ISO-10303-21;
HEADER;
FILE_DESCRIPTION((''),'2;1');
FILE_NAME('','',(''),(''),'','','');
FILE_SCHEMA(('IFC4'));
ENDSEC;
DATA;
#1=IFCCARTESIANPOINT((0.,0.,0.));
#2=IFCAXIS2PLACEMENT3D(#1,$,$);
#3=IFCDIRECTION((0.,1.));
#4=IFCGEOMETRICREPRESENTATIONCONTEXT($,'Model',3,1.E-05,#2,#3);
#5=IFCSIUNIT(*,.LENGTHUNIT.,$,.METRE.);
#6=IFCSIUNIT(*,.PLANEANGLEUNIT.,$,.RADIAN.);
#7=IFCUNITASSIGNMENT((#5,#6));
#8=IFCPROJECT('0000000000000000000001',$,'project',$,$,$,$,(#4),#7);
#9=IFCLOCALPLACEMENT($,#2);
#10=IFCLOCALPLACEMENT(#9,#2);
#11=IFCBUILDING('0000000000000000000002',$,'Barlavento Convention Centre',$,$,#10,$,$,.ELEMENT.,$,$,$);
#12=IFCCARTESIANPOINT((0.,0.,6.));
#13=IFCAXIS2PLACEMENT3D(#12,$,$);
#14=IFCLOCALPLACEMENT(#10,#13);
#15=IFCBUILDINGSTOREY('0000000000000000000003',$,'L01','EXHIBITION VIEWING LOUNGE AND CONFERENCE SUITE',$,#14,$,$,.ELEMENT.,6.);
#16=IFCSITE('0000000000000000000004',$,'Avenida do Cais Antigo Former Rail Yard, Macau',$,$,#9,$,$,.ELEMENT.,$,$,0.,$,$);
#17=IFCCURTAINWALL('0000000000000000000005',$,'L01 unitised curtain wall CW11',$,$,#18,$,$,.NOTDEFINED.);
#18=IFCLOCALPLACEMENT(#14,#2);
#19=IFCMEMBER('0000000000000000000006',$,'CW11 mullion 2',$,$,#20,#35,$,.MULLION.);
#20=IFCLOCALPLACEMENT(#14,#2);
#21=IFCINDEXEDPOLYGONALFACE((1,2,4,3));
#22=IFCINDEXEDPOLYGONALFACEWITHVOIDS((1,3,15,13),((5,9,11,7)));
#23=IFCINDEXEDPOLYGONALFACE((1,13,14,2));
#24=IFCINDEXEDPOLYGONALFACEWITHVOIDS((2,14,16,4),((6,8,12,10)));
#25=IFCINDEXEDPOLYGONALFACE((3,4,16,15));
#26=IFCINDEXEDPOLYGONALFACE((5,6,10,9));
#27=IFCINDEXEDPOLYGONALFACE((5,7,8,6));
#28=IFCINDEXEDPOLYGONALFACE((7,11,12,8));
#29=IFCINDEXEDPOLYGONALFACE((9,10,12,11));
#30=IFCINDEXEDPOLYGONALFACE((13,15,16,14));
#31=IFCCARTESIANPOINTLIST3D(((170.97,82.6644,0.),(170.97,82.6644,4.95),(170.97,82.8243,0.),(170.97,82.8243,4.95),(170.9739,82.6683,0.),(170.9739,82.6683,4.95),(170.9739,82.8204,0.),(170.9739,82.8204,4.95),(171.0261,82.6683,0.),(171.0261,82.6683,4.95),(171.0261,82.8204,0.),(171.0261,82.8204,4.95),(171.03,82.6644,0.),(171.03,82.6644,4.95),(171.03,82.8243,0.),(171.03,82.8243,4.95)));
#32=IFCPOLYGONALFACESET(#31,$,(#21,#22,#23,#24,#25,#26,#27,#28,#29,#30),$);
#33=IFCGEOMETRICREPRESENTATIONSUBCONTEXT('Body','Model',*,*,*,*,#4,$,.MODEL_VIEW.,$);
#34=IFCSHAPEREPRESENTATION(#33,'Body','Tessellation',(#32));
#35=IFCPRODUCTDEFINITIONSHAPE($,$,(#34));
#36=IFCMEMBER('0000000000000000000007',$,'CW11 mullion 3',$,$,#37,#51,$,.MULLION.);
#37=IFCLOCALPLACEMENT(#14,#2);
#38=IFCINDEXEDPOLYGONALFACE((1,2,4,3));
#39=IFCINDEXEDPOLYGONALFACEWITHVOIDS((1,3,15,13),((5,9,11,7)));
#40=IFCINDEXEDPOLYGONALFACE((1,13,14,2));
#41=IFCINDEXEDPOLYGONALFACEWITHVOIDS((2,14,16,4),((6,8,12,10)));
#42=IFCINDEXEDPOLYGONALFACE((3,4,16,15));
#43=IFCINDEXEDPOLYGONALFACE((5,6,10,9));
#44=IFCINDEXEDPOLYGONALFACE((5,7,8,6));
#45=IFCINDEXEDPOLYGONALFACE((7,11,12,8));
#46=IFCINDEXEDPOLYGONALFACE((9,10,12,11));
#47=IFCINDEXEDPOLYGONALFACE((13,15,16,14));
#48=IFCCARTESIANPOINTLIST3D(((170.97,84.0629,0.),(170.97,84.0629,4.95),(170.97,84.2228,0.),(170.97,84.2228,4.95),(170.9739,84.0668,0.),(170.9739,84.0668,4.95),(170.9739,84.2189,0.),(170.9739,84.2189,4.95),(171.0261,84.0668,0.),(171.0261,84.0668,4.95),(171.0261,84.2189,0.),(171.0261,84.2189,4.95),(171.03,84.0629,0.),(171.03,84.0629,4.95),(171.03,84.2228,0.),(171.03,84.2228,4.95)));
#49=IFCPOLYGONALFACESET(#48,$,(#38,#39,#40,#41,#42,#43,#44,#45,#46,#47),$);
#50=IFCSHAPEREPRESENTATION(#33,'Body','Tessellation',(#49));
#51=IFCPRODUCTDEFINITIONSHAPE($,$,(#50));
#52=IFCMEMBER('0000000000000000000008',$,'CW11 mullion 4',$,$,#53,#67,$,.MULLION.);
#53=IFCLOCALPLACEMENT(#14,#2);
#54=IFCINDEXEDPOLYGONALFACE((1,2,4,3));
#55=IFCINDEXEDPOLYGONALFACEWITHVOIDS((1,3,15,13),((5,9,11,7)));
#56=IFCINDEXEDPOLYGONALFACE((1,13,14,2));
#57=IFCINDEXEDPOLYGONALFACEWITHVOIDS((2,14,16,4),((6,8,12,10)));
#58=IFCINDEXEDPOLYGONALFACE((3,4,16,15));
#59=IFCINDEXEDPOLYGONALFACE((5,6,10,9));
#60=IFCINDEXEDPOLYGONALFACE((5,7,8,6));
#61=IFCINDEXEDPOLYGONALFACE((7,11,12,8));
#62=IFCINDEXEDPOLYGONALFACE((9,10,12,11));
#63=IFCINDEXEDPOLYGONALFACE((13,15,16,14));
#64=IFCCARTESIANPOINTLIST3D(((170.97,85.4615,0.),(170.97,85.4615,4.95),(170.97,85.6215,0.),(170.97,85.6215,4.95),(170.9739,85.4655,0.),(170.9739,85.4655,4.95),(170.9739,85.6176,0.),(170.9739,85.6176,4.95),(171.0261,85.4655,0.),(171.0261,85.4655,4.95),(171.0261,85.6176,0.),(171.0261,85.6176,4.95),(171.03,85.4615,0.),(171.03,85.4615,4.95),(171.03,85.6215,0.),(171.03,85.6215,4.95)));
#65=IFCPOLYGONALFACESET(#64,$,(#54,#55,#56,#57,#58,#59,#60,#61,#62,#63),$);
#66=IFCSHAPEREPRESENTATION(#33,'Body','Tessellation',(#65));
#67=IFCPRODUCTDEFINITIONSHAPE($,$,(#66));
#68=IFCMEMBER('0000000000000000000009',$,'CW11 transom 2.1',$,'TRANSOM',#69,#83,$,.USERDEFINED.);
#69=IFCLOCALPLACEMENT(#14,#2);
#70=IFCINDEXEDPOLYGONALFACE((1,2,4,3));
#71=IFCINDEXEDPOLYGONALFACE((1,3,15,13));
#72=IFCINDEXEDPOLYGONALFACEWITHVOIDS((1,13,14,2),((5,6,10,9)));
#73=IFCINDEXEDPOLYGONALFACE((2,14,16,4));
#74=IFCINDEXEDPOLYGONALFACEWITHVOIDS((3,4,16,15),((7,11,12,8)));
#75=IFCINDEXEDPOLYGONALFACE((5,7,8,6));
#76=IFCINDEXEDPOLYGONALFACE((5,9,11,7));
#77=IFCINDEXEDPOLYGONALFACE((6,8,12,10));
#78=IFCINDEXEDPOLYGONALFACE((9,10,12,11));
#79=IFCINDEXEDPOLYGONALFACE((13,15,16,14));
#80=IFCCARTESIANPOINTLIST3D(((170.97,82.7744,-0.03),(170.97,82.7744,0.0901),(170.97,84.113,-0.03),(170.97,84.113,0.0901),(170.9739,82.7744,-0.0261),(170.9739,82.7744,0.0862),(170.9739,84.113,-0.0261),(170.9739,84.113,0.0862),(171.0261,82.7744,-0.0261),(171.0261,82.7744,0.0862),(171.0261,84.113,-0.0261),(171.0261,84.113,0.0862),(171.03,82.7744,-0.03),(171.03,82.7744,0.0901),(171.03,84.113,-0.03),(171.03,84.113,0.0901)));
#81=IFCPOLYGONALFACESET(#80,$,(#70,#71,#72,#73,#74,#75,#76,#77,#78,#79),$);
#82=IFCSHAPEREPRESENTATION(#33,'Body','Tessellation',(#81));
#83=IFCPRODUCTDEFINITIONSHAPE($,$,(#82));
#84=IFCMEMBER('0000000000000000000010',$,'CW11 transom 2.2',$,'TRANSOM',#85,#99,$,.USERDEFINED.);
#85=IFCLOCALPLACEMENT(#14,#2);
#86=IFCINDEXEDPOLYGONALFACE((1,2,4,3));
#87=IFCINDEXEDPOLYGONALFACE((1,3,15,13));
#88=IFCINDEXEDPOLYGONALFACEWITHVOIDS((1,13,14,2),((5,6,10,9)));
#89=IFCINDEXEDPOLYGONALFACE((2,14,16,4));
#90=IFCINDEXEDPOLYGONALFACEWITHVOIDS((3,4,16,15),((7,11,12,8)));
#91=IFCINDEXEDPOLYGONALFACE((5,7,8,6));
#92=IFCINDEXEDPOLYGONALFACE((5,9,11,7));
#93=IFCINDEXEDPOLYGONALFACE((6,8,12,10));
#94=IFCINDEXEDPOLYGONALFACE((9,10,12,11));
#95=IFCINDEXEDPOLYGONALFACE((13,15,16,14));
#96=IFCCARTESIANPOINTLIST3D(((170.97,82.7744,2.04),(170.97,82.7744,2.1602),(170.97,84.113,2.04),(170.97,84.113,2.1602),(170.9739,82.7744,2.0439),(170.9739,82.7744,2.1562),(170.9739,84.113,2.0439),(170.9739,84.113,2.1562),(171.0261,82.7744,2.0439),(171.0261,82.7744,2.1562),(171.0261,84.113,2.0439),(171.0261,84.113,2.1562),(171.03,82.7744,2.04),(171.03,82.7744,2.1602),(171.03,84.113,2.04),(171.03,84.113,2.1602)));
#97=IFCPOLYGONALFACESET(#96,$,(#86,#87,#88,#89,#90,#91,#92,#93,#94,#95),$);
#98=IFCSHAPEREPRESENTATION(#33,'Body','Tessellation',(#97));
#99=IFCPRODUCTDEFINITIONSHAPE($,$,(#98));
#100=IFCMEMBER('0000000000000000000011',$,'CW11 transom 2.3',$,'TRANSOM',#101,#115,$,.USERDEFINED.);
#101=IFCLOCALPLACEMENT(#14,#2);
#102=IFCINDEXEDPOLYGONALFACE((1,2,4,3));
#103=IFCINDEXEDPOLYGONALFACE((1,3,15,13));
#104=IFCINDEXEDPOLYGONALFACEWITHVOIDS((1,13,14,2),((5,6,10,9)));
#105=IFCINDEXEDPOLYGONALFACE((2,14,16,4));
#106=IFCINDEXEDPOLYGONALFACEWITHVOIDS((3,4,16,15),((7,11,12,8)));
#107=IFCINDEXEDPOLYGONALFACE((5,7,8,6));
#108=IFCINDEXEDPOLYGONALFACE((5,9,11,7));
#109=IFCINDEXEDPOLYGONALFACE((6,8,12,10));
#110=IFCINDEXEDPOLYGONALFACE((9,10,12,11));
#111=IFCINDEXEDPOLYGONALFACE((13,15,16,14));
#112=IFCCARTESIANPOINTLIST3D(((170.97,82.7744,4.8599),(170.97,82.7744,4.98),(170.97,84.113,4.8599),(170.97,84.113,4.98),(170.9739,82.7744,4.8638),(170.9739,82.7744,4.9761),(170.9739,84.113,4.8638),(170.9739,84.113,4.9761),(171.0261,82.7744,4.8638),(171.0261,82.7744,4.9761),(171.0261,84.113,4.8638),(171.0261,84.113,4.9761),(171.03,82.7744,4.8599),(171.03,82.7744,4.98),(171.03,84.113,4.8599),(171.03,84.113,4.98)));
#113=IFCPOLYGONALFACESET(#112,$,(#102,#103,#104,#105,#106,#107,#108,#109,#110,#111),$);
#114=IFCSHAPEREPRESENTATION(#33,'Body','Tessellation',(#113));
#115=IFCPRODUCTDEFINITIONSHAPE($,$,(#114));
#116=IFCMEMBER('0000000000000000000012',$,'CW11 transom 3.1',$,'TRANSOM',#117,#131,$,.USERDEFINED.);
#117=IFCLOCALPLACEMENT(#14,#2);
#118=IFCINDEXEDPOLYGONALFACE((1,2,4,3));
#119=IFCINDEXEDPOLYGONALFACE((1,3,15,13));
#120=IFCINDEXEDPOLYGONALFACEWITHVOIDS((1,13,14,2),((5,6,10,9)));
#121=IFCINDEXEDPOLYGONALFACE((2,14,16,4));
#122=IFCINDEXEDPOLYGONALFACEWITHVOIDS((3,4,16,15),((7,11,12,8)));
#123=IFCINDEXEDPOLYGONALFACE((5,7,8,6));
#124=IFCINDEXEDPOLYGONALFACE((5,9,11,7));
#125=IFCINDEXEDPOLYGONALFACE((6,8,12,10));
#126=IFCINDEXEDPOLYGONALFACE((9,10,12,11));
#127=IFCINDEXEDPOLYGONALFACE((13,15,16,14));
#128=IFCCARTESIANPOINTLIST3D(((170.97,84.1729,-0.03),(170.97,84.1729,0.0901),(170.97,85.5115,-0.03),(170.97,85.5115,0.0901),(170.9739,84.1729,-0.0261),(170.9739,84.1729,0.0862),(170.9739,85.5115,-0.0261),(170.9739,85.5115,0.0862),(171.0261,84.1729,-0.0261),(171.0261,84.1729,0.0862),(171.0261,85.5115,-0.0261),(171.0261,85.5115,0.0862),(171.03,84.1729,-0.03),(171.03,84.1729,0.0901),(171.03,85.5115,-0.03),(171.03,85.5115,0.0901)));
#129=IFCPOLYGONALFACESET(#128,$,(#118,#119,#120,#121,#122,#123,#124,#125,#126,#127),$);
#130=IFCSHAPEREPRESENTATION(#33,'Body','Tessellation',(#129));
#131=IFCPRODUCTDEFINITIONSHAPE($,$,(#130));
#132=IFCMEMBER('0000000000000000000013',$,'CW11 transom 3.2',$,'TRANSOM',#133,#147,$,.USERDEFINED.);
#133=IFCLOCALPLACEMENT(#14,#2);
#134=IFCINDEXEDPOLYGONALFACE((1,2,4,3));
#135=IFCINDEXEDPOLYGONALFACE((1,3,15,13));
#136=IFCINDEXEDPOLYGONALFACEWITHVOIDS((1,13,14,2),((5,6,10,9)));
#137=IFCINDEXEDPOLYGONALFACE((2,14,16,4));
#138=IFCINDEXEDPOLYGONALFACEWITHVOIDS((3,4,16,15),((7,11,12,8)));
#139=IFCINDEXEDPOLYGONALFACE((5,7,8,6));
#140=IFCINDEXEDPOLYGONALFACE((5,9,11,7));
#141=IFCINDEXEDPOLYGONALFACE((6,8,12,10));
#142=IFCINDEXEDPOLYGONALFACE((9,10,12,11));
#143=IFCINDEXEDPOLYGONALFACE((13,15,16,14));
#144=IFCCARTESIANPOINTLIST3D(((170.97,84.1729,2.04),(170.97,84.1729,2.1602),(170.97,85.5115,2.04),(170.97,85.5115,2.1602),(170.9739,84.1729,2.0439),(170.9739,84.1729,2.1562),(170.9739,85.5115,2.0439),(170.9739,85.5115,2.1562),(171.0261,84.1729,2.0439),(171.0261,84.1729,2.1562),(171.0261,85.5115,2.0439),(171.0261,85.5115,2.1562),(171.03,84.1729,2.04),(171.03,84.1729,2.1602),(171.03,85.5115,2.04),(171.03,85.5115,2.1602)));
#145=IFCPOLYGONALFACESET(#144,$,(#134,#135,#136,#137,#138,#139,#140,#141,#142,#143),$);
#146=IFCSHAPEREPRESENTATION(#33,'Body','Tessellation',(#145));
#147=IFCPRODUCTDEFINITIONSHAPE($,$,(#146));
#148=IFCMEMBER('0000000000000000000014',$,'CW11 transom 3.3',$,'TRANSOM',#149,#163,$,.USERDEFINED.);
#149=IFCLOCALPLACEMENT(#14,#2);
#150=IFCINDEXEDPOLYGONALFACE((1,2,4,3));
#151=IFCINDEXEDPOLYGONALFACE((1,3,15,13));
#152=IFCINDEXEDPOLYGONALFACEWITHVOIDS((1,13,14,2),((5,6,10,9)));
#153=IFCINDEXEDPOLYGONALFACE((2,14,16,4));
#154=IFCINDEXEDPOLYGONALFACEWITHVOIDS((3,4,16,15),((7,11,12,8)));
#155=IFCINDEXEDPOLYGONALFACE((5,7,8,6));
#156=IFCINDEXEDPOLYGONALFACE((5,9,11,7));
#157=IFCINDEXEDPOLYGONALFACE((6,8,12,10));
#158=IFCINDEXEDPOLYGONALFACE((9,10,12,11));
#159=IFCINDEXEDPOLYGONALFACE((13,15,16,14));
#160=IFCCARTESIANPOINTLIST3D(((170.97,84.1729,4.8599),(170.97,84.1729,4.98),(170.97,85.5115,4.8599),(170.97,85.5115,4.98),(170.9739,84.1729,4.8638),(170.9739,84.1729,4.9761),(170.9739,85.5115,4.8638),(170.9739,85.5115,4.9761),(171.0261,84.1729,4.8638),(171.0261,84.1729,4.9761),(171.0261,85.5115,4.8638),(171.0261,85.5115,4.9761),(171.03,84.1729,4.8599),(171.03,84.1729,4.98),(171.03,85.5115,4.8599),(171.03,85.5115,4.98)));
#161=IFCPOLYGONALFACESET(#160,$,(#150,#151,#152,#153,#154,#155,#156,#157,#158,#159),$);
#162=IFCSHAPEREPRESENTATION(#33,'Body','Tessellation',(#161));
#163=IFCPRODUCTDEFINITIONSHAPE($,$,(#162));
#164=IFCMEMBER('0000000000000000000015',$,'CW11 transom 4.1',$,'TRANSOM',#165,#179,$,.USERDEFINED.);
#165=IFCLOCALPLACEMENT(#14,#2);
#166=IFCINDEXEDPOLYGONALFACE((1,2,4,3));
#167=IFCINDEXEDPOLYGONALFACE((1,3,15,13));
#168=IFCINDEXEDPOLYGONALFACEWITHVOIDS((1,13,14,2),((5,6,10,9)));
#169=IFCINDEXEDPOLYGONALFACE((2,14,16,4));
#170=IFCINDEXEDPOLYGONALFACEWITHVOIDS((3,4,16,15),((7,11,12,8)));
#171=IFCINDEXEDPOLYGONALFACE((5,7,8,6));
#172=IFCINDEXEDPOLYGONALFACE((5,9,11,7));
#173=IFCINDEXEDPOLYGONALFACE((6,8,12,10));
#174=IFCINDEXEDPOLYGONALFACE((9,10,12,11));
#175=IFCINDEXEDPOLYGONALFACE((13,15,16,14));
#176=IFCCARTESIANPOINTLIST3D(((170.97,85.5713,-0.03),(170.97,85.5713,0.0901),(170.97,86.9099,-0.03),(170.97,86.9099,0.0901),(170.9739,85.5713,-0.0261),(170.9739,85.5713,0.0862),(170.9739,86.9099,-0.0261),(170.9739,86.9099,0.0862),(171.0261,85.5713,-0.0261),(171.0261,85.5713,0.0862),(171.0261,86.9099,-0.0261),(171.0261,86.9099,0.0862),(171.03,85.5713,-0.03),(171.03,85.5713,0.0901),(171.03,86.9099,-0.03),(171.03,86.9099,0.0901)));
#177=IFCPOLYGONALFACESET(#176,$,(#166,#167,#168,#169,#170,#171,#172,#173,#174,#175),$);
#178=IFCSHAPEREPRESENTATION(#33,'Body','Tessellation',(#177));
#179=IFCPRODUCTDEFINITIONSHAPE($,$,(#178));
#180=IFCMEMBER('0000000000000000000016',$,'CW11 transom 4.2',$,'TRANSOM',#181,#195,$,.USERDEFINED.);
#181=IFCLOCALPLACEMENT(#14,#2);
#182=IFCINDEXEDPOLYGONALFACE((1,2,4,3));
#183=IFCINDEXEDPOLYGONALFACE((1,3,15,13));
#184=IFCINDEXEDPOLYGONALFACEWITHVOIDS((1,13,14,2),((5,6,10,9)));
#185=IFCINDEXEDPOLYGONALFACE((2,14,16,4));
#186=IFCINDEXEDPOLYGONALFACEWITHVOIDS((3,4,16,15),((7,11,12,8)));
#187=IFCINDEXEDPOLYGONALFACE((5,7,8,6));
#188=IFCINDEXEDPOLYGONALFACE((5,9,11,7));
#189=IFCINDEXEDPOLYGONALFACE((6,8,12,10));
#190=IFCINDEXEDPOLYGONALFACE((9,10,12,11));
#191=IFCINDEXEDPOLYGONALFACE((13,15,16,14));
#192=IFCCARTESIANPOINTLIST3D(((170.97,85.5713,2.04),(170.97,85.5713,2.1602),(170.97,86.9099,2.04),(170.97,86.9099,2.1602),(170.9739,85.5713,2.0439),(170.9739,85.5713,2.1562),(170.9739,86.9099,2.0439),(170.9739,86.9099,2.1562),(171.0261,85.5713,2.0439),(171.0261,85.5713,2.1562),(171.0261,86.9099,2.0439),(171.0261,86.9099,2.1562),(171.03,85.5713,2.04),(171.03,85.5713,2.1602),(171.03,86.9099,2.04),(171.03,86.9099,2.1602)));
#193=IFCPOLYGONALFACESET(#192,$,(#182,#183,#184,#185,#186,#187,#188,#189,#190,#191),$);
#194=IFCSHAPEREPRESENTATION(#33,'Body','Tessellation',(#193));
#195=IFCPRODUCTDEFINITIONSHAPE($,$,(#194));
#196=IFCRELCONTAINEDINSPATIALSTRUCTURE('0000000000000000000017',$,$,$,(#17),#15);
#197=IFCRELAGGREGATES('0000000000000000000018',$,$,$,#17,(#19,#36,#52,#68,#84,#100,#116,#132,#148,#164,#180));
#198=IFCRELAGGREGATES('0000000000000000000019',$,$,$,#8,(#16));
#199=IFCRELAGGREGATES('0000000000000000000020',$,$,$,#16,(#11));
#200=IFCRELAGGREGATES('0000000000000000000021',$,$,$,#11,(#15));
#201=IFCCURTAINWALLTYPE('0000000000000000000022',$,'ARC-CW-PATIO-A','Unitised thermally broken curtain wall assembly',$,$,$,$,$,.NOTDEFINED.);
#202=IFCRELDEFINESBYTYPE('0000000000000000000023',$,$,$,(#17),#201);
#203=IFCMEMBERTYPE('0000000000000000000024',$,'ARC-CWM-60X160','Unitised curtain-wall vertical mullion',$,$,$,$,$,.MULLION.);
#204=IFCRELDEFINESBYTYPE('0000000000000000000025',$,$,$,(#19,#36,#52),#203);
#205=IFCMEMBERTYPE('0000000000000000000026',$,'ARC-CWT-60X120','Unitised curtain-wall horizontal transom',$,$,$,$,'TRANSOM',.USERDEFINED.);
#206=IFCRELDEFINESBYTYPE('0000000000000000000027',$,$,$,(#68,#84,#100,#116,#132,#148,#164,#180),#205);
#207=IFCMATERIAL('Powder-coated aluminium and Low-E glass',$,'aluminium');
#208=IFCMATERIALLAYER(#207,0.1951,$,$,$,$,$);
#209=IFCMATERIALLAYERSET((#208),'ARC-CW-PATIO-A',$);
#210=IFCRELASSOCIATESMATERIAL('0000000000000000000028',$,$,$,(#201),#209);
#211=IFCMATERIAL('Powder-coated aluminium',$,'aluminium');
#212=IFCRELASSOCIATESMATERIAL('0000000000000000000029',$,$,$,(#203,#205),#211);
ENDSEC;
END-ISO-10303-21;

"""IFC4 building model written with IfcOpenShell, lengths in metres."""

from ifc_helpers import new_model, si_unit, direction, frame, origin, origin_2d, place, context, subcontext, project, spatial, hollow_rectangle, extrude, material, layer, layer_set, material_profile, profile_set, type_object, element, aggregate, save


model = new_model("IFC4")

# Units and contexts
model_context = context("Model", 3, precision=1e-05, world=origin(), true_north=direction((0.0, 1.0)))
body_context = subcontext(model_context, "Body", "Model", "MODEL_VIEW")
ifc_project = project(units=[si_unit("LENGTHUNIT", "METRE"), si_unit("PLANEANGLEUNIT", "RADIAN")], contexts=[model_context])

# Site, building, storey
site_placement = place(None, origin())
site = spatial("IfcSite", under=ifc_project, at=site_placement, Name="Avenida do Cais Antigo Former Rail Yard, Macau", CompositionType="ELEMENT", RefElevation=0.0)
building_placement = place(site_placement, origin())
building = spatial("IfcBuilding", under=site, at=building_placement, Name="Barlavento Convention Centre", CompositionType="ELEMENT")
storey_placement = place(building_placement, frame((0.0, 0.0, 6.0)))
storey = spatial("IfcBuildingStorey", under=building, at=storey_placement, Name="L01", Description="EXHIBITION VIEWING LOUNGE AND CONFERENCE SUITE", CompositionType="ELEMENT", Elevation=6.0)

# Curtain wall, members
ifc_material_1 = material(Name="Powder-coated aluminium and Low-E glass", Category="aluminium")
ifc_layer_1 = layer(ifc_material_1, 0.1951)
ifc_layer_set_1 = layer_set([ifc_layer_1], Name="ARC-CW-PATIO-A")
curtain_wall_type = type_object("IfcCurtainWallType", Name="ARC-CW-PATIO-A", Description="Unitised thermally broken curtain wall assembly", PredefinedType="NOTDEFINED", material=ifc_layer_set_1)
curtain_wall_placement = place(storey_placement, origin())
curtain_wall = element("IfcCurtainWall", 1, at=curtain_wall_placement, inside=storey, type_object=curtain_wall_type, Name="L01 unitised curtain wall CW11", PredefinedType="NOTDEFINED")
ifc_material_2 = material(Name="Powder-coated aluminium", Category="aluminium")
ifc_material_profile_1 = material_profile(ifc_material_2, hollow_rectangle(XDim=0.0601, YDim=0.1599, WallThickness=0.0039, at=origin_2d()), Name="AL-MULL 60x160x4")
ifc_profile_set_1 = profile_set([ifc_material_profile_1], Name="Powder-coated aluminium")
member_type_1 = type_object("IfcMemberType", Name="ARC-CWM-60X160", Description="Unitised curtain-wall vertical mullion", PredefinedType="MULLION", material=ifc_profile_set_1)
member_1_placement = place(storey_placement, frame((171.0, 82.7444, 0.0), z_axis=(0.0, 0.0, 1.0), x_axis=(-1.0, 0.0, 0.0)))
member_1 = element("IfcMember", 2, at=member_1_placement, type_object=member_type_1, Name="CW11 mullion 2", PredefinedType="MULLION", context=body_context, shape_type="SweptSolid", body=[
    extrude(hollow_rectangle(XDim=0.0601, YDim=0.1599, WallThickness=0.0039, at=origin_2d()), origin(), (0.0, 0.0, 1.0), 4.95),
])
member_2_placement = place(storey_placement, frame((171.0, 84.1428, 0.0), z_axis=(0.0, 0.0, 1.0), x_axis=(-1.0, 0.0, 0.0)))
member_2 = element("IfcMember", 3, at=member_2_placement, type_object=member_type_1, Name="CW11 mullion 3", PredefinedType="MULLION", context=body_context, shape_type="SweptSolid", body=[
    extrude(hollow_rectangle(XDim=0.0601, YDim=0.1599, WallThickness=0.0039, at=origin_2d()), origin(), (0.0, 0.0, 1.0), 4.95),
])
member_3_placement = place(storey_placement, frame((171.0, 85.5415, 0.0), z_axis=(0.0, 0.0, 1.0), x_axis=(-1.0, 0.0, 0.0)))
member_3 = element("IfcMember", 4, at=member_3_placement, type_object=member_type_1, Name="CW11 mullion 4", PredefinedType="MULLION", context=body_context, shape_type="SweptSolid", body=[
    extrude(hollow_rectangle(XDim=0.0601, YDim=0.1599, WallThickness=0.0039, at=origin_2d()), origin(), (0.0, 0.0, 1.0), 4.95),
])
ifc_material_profile_2 = material_profile(ifc_material_2, hollow_rectangle(XDim=0.0601, YDim=0.1201, WallThickness=0.0039, at=origin_2d()), Name="AL-TRAN 60x120x4")
ifc_profile_set_2 = profile_set([ifc_material_profile_2], Name="Powder-coated aluminium")
member_type_2 = type_object("IfcMemberType", Name="ARC-CWT-60X120", Description="Unitised curtain-wall horizontal transom", ElementType="TRANSOM", PredefinedType="USERDEFINED", material=ifc_profile_set_2)
member_4_placement = place(storey_placement, frame((171.0, 82.7744, 0.03), z_axis=(0.0, 1.0, 0.0), x_axis=(-1.0, 0.0, 0.0)))
member_4 = element("IfcMember", 5, at=member_4_placement, type_object=member_type_2, Name="CW11 transom 2.1", ObjectType="TRANSOM", PredefinedType="USERDEFINED", context=body_context, shape_type="SweptSolid", body=[
    extrude(hollow_rectangle(XDim=0.0601, YDim=0.1201, WallThickness=0.0039, at=origin_2d()), origin(), (0.0, 0.0, 1.0), 1.3386),
])
member_5_placement = place(storey_placement, frame((171.0, 82.7744, 2.1001), z_axis=(0.0, 1.0, 0.0), x_axis=(-1.0, 0.0, 0.0)))
member_5 = element("IfcMember", 6, at=member_5_placement, type_object=member_type_2, Name="CW11 transom 2.2", ObjectType="TRANSOM", PredefinedType="USERDEFINED", context=body_context, shape_type="SweptSolid", body=[
    extrude(hollow_rectangle(XDim=0.0601, YDim=0.1201, WallThickness=0.0039, at=origin_2d()), origin(), (0.0, 0.0, 1.0), 1.3386),
])
member_6_placement = place(storey_placement, frame((171.0, 82.7744, 4.9199), z_axis=(0.0, 1.0, 0.0), x_axis=(-1.0, 0.0, 0.0)))
member_6 = element("IfcMember", 7, at=member_6_placement, type_object=member_type_2, Name="CW11 transom 2.3", ObjectType="TRANSOM", PredefinedType="USERDEFINED", context=body_context, shape_type="SweptSolid", body=[
    extrude(hollow_rectangle(XDim=0.0601, YDim=0.1201, WallThickness=0.0039, at=origin_2d()), origin(), (0.0, 0.0, 1.0), 1.3386),
])
member_7_placement = place(storey_placement, frame((171.0, 84.1729, 0.03), z_axis=(0.0, 1.0, 0.0), x_axis=(-1.0, 0.0, 0.0)))
member_7 = element("IfcMember", 8, at=member_7_placement, type_object=member_type_2, Name="CW11 transom 3.1", ObjectType="TRANSOM", PredefinedType="USERDEFINED", context=body_context, shape_type="SweptSolid", body=[
    extrude(hollow_rectangle(XDim=0.0601, YDim=0.1201, WallThickness=0.0039, at=origin_2d()), origin(), (0.0, 0.0, 1.0), 1.3386),
])
member_8_placement = place(storey_placement, frame((171.0, 84.1729, 2.1001), z_axis=(0.0, 1.0, 0.0), x_axis=(-1.0, 0.0, 0.0)))
member_8 = element("IfcMember", 9, at=member_8_placement, type_object=member_type_2, Name="CW11 transom 3.2", ObjectType="TRANSOM", PredefinedType="USERDEFINED", context=body_context, shape_type="SweptSolid", body=[
    extrude(hollow_rectangle(XDim=0.0601, YDim=0.1201, WallThickness=0.0039, at=origin_2d()), origin(), (0.0, 0.0, 1.0), 1.3386),
])
member_9_placement = place(storey_placement, frame((171.0, 84.1729, 4.9199), z_axis=(0.0, 1.0, 0.0), x_axis=(-1.0, 0.0, 0.0)))
member_9 = element("IfcMember", 10, at=member_9_placement, type_object=member_type_2, Name="CW11 transom 3.3", ObjectType="TRANSOM", PredefinedType="USERDEFINED", context=body_context, shape_type="SweptSolid", body=[
    extrude(hollow_rectangle(XDim=0.0601, YDim=0.1201, WallThickness=0.0039, at=origin_2d()), origin(), (0.0, 0.0, 1.0), 1.3386),
])
member_10_placement = place(storey_placement, frame((171.0, 85.5713, 0.03), z_axis=(0.0, 1.0, 0.0), x_axis=(-1.0, 0.0, 0.0)))
member_10 = element("IfcMember", 11, at=member_10_placement, type_object=member_type_2, Name="CW11 transom 4.1", ObjectType="TRANSOM", PredefinedType="USERDEFINED", context=body_context, shape_type="SweptSolid", body=[
    extrude(hollow_rectangle(XDim=0.0601, YDim=0.1201, WallThickness=0.0039, at=origin_2d()), origin(), (0.0, 0.0, 1.0), 1.3386),
])
member_11_placement = place(storey_placement, frame((171.0, 85.5713, 2.1001), z_axis=(0.0, 1.0, 0.0), x_axis=(-1.0, 0.0, 0.0)))
member_11 = element("IfcMember", 12, at=member_11_placement, type_object=member_type_2, Name="CW11 transom 4.2", ObjectType="TRANSOM", PredefinedType="USERDEFINED", context=body_context, shape_type="SweptSolid", body=[
    extrude(hollow_rectangle(XDim=0.0601, YDim=0.1201, WallThickness=0.0039, at=origin_2d()), origin(), (0.0, 0.0, 1.0), 1.3386),
])
aggregate(curtain_wall, [member_1, member_2, member_3, member_4, member_5, member_6, member_7, member_8, member_9, member_10, member_11])

save(model, "model.ifc")
